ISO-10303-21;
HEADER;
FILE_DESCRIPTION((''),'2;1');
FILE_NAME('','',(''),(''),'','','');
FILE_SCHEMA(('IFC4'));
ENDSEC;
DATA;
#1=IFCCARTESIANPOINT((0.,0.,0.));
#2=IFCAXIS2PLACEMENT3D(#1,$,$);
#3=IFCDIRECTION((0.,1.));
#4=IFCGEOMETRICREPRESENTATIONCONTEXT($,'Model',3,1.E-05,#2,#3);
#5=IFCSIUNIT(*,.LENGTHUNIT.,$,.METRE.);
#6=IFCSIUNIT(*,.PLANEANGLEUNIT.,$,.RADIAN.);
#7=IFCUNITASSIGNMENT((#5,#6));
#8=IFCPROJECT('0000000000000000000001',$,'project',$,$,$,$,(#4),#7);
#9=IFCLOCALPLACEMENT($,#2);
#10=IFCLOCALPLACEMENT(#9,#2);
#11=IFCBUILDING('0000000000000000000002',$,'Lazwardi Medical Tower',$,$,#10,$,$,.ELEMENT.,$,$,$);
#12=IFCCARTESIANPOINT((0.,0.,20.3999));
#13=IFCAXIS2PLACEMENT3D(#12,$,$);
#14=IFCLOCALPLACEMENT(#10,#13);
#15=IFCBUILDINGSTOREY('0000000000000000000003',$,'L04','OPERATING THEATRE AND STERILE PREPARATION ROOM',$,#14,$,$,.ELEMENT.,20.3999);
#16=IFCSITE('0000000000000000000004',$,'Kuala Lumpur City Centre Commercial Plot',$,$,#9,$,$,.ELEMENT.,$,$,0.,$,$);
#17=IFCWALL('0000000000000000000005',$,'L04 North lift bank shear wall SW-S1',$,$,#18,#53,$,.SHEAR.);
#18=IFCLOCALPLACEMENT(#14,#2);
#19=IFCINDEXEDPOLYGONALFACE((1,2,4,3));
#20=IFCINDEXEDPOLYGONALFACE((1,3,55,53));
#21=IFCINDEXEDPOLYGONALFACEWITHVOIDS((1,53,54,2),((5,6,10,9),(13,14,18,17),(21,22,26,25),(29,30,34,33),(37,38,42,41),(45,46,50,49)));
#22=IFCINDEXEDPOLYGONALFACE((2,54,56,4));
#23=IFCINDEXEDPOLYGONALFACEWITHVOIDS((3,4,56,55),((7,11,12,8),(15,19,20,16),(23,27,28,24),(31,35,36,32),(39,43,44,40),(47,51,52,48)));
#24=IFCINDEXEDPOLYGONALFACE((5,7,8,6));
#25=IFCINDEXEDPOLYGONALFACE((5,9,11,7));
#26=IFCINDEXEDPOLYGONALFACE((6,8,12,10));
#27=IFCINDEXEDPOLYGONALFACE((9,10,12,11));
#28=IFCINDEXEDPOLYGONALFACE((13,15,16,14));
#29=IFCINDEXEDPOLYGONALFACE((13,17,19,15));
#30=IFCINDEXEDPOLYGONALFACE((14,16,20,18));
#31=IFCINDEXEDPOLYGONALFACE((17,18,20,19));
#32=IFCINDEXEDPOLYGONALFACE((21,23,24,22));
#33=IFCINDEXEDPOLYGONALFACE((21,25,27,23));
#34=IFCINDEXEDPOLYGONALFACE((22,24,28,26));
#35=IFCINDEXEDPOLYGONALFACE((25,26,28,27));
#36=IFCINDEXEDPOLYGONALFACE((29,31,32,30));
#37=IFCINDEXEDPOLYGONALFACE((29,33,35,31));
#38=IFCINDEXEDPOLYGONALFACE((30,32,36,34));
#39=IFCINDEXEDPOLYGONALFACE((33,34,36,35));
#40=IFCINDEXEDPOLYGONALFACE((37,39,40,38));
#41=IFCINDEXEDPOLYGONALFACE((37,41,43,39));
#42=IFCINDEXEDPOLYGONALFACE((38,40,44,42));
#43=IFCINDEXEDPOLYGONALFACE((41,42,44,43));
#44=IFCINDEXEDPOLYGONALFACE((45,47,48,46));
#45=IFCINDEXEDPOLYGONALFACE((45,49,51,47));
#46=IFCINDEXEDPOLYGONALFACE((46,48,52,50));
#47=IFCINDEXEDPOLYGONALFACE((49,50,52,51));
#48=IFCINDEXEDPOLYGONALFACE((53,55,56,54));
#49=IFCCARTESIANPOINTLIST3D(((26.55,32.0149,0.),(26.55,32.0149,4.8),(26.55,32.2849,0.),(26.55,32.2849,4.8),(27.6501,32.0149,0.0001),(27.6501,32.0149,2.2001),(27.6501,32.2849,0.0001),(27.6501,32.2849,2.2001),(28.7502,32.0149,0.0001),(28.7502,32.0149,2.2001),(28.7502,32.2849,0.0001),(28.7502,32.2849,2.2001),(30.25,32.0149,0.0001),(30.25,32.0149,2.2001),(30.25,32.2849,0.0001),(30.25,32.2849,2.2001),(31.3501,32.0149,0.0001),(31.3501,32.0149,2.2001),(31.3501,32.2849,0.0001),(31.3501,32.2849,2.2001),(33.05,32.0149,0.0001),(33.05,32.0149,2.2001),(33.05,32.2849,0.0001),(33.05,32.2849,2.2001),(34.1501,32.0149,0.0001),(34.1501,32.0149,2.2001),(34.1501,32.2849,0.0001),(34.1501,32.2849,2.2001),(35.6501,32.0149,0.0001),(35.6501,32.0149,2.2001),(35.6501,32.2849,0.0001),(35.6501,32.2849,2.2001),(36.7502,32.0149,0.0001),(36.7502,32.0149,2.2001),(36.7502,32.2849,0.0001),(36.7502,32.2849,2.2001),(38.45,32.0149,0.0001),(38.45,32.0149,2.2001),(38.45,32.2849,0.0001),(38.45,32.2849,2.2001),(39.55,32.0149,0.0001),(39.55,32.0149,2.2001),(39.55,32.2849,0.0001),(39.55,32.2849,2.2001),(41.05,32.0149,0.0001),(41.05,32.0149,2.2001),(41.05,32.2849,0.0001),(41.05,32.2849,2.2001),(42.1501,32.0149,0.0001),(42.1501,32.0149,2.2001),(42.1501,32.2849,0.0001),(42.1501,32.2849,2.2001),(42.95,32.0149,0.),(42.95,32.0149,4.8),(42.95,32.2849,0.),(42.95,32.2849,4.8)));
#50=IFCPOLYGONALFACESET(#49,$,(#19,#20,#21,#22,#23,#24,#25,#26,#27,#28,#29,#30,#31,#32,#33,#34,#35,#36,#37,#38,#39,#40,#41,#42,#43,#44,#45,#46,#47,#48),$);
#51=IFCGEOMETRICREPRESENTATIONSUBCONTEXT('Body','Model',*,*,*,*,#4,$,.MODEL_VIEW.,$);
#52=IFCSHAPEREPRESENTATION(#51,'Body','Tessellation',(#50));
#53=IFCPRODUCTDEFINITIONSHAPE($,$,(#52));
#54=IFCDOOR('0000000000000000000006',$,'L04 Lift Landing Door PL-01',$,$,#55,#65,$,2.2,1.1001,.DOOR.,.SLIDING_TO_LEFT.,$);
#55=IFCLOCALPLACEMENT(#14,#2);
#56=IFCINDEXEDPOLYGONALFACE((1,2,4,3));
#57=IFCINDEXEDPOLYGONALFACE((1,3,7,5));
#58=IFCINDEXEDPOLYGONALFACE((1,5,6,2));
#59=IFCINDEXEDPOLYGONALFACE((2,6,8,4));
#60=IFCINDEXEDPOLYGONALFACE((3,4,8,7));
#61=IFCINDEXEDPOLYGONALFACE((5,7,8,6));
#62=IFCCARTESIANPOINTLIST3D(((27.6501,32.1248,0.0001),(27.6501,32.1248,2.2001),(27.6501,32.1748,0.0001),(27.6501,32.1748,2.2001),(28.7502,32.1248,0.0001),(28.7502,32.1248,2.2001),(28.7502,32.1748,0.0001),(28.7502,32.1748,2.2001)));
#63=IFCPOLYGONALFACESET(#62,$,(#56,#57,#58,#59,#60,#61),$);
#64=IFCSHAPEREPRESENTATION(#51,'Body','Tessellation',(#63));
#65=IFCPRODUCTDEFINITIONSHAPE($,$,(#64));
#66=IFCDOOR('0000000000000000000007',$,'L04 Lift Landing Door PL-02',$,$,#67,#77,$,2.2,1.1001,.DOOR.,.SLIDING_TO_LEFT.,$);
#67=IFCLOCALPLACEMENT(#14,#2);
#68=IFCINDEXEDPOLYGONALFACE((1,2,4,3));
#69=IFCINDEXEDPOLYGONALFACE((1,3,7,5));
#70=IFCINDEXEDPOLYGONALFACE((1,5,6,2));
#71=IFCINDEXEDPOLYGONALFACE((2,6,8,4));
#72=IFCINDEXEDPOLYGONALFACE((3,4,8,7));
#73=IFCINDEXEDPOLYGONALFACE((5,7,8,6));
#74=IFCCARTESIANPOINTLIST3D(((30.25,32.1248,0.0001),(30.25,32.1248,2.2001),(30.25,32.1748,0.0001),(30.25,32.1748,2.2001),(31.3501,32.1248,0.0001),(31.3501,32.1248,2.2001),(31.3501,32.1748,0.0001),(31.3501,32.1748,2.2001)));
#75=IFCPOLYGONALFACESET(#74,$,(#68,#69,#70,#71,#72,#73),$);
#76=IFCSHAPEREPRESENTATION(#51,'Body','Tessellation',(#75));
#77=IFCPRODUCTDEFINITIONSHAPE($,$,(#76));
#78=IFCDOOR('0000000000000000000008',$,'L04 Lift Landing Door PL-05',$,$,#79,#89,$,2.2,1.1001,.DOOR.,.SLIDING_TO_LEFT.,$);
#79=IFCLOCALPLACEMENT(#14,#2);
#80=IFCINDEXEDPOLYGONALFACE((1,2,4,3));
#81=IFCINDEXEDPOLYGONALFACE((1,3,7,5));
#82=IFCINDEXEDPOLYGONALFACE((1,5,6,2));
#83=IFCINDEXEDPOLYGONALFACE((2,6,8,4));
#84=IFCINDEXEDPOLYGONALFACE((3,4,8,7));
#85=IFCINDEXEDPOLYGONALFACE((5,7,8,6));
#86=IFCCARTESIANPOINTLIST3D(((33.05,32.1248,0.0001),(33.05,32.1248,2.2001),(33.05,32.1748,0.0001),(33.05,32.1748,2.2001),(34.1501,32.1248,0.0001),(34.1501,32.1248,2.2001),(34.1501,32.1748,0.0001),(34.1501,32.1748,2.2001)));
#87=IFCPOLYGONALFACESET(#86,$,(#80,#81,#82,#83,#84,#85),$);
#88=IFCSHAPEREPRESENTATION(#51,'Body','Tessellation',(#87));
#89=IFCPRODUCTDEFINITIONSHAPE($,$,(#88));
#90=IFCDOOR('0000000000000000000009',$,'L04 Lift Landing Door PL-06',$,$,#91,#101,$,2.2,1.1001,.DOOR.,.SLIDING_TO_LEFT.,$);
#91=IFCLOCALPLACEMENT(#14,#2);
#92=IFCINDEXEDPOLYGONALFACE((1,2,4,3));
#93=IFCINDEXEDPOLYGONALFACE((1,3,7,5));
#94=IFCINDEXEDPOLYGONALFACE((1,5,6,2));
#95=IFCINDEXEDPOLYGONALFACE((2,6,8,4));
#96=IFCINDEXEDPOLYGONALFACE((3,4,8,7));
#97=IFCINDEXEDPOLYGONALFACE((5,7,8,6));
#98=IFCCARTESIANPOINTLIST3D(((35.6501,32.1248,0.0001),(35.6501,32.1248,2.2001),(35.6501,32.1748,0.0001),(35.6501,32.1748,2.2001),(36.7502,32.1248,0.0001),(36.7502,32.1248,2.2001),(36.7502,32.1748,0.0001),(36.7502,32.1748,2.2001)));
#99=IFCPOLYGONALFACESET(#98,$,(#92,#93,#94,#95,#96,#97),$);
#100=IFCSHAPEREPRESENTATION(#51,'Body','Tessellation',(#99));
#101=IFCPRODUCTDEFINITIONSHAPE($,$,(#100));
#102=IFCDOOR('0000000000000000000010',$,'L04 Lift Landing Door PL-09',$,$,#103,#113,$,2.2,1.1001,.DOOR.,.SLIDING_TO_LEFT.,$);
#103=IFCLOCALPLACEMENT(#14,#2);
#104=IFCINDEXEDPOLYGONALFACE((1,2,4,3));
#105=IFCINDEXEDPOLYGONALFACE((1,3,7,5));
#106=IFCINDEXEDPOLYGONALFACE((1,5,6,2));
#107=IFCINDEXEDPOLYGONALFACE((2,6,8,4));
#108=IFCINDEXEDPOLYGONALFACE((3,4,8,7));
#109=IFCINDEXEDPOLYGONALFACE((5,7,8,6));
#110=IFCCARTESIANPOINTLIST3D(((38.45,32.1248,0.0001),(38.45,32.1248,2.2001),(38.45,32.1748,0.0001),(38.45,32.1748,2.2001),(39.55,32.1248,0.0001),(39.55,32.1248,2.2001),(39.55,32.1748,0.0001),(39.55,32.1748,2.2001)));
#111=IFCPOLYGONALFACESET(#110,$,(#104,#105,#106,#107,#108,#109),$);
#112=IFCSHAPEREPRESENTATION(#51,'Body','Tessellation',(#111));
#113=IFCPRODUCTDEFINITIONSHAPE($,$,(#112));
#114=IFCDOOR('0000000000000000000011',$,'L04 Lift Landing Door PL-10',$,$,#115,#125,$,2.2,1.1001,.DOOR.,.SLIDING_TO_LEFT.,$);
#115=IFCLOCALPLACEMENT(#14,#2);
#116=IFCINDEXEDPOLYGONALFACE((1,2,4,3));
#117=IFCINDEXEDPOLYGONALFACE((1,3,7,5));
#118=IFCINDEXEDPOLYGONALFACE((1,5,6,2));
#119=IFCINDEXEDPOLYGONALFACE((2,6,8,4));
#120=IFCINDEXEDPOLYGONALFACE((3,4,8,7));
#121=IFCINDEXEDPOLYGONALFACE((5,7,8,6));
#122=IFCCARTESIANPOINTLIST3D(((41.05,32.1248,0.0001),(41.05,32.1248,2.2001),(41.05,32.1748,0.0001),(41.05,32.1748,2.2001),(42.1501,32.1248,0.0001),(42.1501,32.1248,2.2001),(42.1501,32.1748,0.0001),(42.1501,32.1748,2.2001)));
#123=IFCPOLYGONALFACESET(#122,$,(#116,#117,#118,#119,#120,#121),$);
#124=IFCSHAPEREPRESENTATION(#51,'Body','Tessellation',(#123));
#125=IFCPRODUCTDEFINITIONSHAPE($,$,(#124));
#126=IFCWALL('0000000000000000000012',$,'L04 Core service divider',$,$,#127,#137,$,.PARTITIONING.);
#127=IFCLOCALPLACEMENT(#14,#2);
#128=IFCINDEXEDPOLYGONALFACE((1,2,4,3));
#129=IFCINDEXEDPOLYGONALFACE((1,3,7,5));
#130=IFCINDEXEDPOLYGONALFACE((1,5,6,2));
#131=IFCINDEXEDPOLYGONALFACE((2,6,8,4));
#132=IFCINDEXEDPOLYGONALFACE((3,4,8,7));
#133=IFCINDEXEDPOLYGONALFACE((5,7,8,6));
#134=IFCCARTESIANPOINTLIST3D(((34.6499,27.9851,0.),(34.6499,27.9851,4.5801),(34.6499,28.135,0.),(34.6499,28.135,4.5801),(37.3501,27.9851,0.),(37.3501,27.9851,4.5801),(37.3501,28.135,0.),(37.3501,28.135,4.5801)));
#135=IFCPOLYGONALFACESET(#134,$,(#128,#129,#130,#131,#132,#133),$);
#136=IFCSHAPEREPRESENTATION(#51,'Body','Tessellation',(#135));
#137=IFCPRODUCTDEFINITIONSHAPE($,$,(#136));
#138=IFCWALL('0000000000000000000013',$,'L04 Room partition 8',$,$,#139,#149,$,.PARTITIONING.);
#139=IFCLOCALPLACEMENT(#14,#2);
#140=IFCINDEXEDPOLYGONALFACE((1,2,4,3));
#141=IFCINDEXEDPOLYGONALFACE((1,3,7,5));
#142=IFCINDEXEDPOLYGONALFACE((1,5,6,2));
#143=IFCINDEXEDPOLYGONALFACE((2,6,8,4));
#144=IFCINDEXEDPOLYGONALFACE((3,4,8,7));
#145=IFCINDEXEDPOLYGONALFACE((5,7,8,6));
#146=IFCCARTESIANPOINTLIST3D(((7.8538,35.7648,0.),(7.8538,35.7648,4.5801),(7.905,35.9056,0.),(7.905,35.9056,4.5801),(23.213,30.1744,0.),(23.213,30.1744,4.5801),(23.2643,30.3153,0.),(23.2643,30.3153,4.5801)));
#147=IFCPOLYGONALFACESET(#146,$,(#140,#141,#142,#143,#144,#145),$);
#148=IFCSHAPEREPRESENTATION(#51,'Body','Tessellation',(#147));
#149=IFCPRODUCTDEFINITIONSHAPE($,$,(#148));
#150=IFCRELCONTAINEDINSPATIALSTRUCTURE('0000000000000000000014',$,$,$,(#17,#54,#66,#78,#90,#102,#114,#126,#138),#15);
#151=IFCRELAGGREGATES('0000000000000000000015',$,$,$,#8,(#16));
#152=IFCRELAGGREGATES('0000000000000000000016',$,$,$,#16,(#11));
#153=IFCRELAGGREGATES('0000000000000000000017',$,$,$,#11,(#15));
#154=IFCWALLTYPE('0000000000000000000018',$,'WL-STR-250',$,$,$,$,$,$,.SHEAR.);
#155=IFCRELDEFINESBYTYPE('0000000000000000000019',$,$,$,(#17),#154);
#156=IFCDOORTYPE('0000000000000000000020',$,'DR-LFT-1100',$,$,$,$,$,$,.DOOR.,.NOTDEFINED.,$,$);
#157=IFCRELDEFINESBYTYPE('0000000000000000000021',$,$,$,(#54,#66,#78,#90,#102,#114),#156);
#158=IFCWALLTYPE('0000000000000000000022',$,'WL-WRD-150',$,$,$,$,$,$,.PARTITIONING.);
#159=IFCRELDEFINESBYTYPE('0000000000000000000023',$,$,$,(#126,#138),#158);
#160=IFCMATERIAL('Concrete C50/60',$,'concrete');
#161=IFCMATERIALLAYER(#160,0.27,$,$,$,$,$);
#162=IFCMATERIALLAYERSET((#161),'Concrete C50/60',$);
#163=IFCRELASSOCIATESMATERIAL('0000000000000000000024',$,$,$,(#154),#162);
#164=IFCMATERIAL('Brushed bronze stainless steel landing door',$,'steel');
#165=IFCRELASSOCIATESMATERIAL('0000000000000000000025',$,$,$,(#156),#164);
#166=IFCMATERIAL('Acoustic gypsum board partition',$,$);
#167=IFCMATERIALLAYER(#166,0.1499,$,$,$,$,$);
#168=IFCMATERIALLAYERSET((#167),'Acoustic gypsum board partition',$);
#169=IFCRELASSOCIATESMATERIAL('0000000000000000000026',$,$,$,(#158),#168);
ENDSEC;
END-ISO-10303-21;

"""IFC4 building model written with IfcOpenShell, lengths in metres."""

from ifc_helpers import new_model, si_unit, direction, frame, frame_2d, origin, place, context, subcontext, project, spatial, rectangle, extrude, material, layer, layer_set, type_object, element, fill, save


model = new_model("IFC4")

# Units and contexts
model_context = context("Model", 3, precision=1e-05, world=origin(), true_north=direction((0.0, 1.0)))
body_context = subcontext(model_context, "Body", "Model", "MODEL_VIEW")
ifc_project = project(units=[si_unit("LENGTHUNIT", "METRE"), si_unit("PLANEANGLEUNIT", "RADIAN")], contexts=[model_context])

# Site, building, storey
site_placement = place(None, origin())
site = spatial("IfcSite", under=ifc_project, at=site_placement, Name="Kuala Lumpur City Centre Commercial Plot", CompositionType="ELEMENT", RefElevation=0.0)
building_placement = place(site_placement, origin())
building = spatial("IfcBuilding", under=site, at=building_placement, Name="Lazwardi Medical Tower", CompositionType="ELEMENT")
storey_placement = place(building_placement, frame((0.0, 0.0, 20.3999)))
storey = spatial("IfcBuildingStorey", under=building, at=storey_placement, Name="L04", Description="OPERATING THEATRE AND STERILE PREPARATION ROOM", CompositionType="ELEMENT", Elevation=20.3999)

# Shared definitions
ifc_material_1 = material(Name="Concrete C50/60", Category="concrete")
ifc_layer_1 = layer(ifc_material_1, 0.27)
ifc_layer_set_1 = layer_set([ifc_layer_1], Name="Concrete C50/60")
wall_type_1 = type_object("IfcWallType", Name="WL-STR-250", PredefinedType="SHEAR", material=ifc_layer_set_1)

# Wall, openings, doors
wall_1_placement = place(storey_placement, frame((26.55, 32.1499, 0.0), z_axis=(0.0, 0.0, 1.0), x_axis=(1.0, 0.0, 0.0)))
wall_1 = element("IfcWall", 1, at=wall_1_placement, inside=storey, type_object=wall_type_1, Name="L04 North lift bank shear wall SW-S1", PredefinedType="SHEAR", context=body_context, shape_type="SweptSolid", body=[
    extrude(rectangle(XDim=16.3999, YDim=0.27, at=frame_2d((8.2, 0.0))), origin(), (0.0, 0.0, 1.0), 4.8),
])
opening_1_placement = place(wall_1_placement, frame((1.1001, 0.0, 0.0)))
opening_1 = element("IfcOpeningElement", 2, at=opening_1_placement, cuts=wall_1, PredefinedType="OPENING", context=body_context, shape_type="SweptSolid", body=[
    extrude(rectangle(XDim=1.1001, YDim=2.2, at=frame_2d((0.55, 1.1001))), frame((0.0, 0.145, 0.0), z_axis=(0.0, -1.0, 0.0), x_axis=(1.0, 0.0, 0.0)), (0.0, 0.0, 1.0), 0.29),
])
opening_2_placement = place(wall_1_placement, frame((3.7, 0.0, 0.0)))
opening_2 = element("IfcOpeningElement", 3, at=opening_2_placement, cuts=wall_1, PredefinedType="OPENING", context=body_context, shape_type="SweptSolid", body=[
    extrude(rectangle(XDim=1.1001, YDim=2.2, at=frame_2d((0.55, 1.1001))), frame((0.0, 0.145, 0.0), z_axis=(0.0, -1.0, 0.0), x_axis=(1.0, 0.0, 0.0)), (0.0, 0.0, 1.0), 0.29),
])
opening_3_placement = place(wall_1_placement, frame((6.5, 0.0, 0.0)))
opening_3 = element("IfcOpeningElement", 4, at=opening_3_placement, cuts=wall_1, PredefinedType="OPENING", context=body_context, shape_type="SweptSolid", body=[
    extrude(rectangle(XDim=1.1001, YDim=2.2, at=frame_2d((0.55, 1.1001))), frame((0.0, 0.145, 0.0), z_axis=(0.0, -1.0, 0.0), x_axis=(1.0, 0.0, 0.0)), (0.0, 0.0, 1.0), 0.29),
])
opening_4_placement = place(wall_1_placement, frame((9.1001, 0.0, 0.0)))
opening_4 = element("IfcOpeningElement", 5, at=opening_4_placement, cuts=wall_1, PredefinedType="OPENING", context=body_context, shape_type="SweptSolid", body=[
    extrude(rectangle(XDim=1.1001, YDim=2.2, at=frame_2d((0.55, 1.1001))), frame((0.0, 0.145, 0.0), z_axis=(0.0, -1.0, 0.0), x_axis=(1.0, 0.0, 0.0)), (0.0, 0.0, 1.0), 0.29),
])
opening_5_placement = place(wall_1_placement, frame((11.8999, 0.0, 0.0)))
opening_5 = element("IfcOpeningElement", 6, at=opening_5_placement, cuts=wall_1, PredefinedType="OPENING", context=body_context, shape_type="SweptSolid", body=[
    extrude(rectangle(XDim=1.1001, YDim=2.2, at=frame_2d((0.55, 1.1001))), frame((0.0, 0.145, 0.0), z_axis=(0.0, -1.0, 0.0), x_axis=(1.0, 0.0, 0.0)), (0.0, 0.0, 1.0), 0.29),
])
opening_6_placement = place(wall_1_placement, frame((14.5, 0.0, 0.0)))
opening_6 = element("IfcOpeningElement", 7, at=opening_6_placement, cuts=wall_1, PredefinedType="OPENING", context=body_context, shape_type="SweptSolid", body=[
    extrude(rectangle(XDim=1.1001, YDim=2.2, at=frame_2d((0.55, 1.1001))), frame((0.0, 0.145, 0.0), z_axis=(0.0, -1.0, 0.0), x_axis=(1.0, 0.0, 0.0)), (0.0, 0.0, 1.0), 0.29),
])
ifc_material_2 = material(Name="Brushed bronze stainless steel landing door", Category="steel")
door_type_1 = type_object("IfcDoorType", Name="DR-LFT-1100", OperationType="NOTDEFINED", PredefinedType="DOOR", material=ifc_material_2)
door_1_placement = place(opening_1_placement, origin())
door_1 = element("IfcDoor", 8, at=door_1_placement, inside=storey, type_object=door_type_1, Name="L04 Lift Landing Door PL-01", OperationType="SLIDING_TO_LEFT", OverallHeight=2.2, OverallWidth=1.1001, PredefinedType="DOOR", context=body_context, shape_type="SweptSolid", body=[
    extrude(rectangle(XDim=1.1001, YDim=2.2, at=frame_2d((0.55, 1.1001))), frame((0.0, 0.0249, 0.0), z_axis=(0.0, -1.0, 0.0), x_axis=(1.0, 0.0, 0.0)), (0.0, 0.0, 1.0), 0.05),
])
fill(opening_1, door_1)
door_2_placement = place(opening_2_placement, origin())
door_2 = element("IfcDoor", 9, at=door_2_placement, inside=storey, type_object=door_type_1, Name="L04 Lift Landing Door PL-02", OperationType="SLIDING_TO_LEFT", OverallHeight=2.2, OverallWidth=1.1001, PredefinedType="DOOR", context=body_context, shape_type="SweptSolid", body=[
    extrude(rectangle(XDim=1.1001, YDim=2.2, at=frame_2d((0.55, 1.1001))), frame((0.0, 0.0249, 0.0), z_axis=(0.0, -1.0, 0.0), x_axis=(1.0, 0.0, 0.0)), (0.0, 0.0, 1.0), 0.05),
])
fill(opening_2, door_2)
door_3_placement = place(opening_3_placement, origin())
door_3 = element("IfcDoor", 10, at=door_3_placement, inside=storey, type_object=door_type_1, Name="L04 Lift Landing Door PL-05", OperationType="SLIDING_TO_LEFT", OverallHeight=2.2, OverallWidth=1.1001, PredefinedType="DOOR", context=body_context, shape_type="SweptSolid", body=[
    extrude(rectangle(XDim=1.1001, YDim=2.2, at=frame_2d((0.55, 1.1001))), frame((0.0, 0.0249, 0.0), z_axis=(0.0, -1.0, 0.0), x_axis=(1.0, 0.0, 0.0)), (0.0, 0.0, 1.0), 0.05),
])
fill(opening_3, door_3)
door_4_placement = place(opening_4_placement, origin())
door_4 = element("IfcDoor", 11, at=door_4_placement, inside=storey, type_object=door_type_1, Name="L04 Lift Landing Door PL-06", OperationType="SLIDING_TO_LEFT", OverallHeight=2.2, OverallWidth=1.1001, PredefinedType="DOOR", context=body_context, shape_type="SweptSolid", body=[
    extrude(rectangle(XDim=1.1001, YDim=2.2, at=frame_2d((0.55, 1.1001))), frame((0.0, 0.0249, 0.0), z_axis=(0.0, -1.0, 0.0), x_axis=(1.0, 0.0, 0.0)), (0.0, 0.0, 1.0), 0.05),
])
fill(opening_4, door_4)
door_5_placement = place(opening_5_placement, origin())
door_5 = element("IfcDoor", 12, at=door_5_placement, inside=storey, type_object=door_type_1, Name="L04 Lift Landing Door PL-09", OperationType="SLIDING_TO_LEFT", OverallHeight=2.2, OverallWidth=1.1001, PredefinedType="DOOR", context=body_context, shape_type="SweptSolid", body=[
    extrude(rectangle(XDim=1.1001, YDim=2.2, at=frame_2d((0.55, 1.1001))), frame((0.0, 0.0249, 0.0), z_axis=(0.0, -1.0, 0.0), x_axis=(1.0, 0.0, 0.0)), (0.0, 0.0, 1.0), 0.05),
])
fill(opening_5, door_5)
door_6_placement = place(opening_6_placement, origin())
door_6 = element("IfcDoor", 13, at=door_6_placement, inside=storey, type_object=door_type_1, Name="L04 Lift Landing Door PL-10", OperationType="SLIDING_TO_LEFT", OverallHeight=2.2, OverallWidth=1.1001, PredefinedType="DOOR", context=body_context, shape_type="SweptSolid", body=[
    extrude(rectangle(XDim=1.1001, YDim=2.2, at=frame_2d((0.55, 1.1001))), frame((0.0, 0.0249, 0.0), z_axis=(0.0, -1.0, 0.0), x_axis=(1.0, 0.0, 0.0)), (0.0, 0.0, 1.0), 0.05),
])
fill(opening_6, door_6)

# Walls
ifc_material_3 = material(Name="Acoustic gypsum board partition")
ifc_layer_2 = layer(ifc_material_3, 0.1499)
ifc_layer_set_2 = layer_set([ifc_layer_2], Name="Acoustic gypsum board partition")
wall_type_2 = type_object("IfcWallType", Name="WL-WRD-150", PredefinedType="PARTITIONING", material=ifc_layer_set_2)
wall_2_placement = place(storey_placement, frame((34.6499, 28.0601, 0.0), z_axis=(0.0, 0.0, 1.0), x_axis=(1.0, 0.0, 0.0)))
element("IfcWall", 14, at=wall_2_placement, inside=storey, type_object=wall_type_2, Name="L04 Core service divider", PredefinedType="PARTITIONING", context=body_context, shape_type="SweptSolid", body=[
    extrude(rectangle(XDim=2.7002, YDim=0.1499, at=frame_2d((1.3501, 0.0))), origin(), (0.0, 0.0, 1.0), 4.5801),
])
wall_3_placement = place(storey_placement, frame((23.2385, 30.2449, 0.0), z_axis=(0.0, 0.0, 1.0), x_axis=(-0.939691, 0.342024, 0.0)))
element("IfcWall", 15, at=wall_3_placement, inside=storey, type_object=wall_type_2, Name="L04 Room partition 8", PredefinedType="PARTITIONING", context=body_context, shape_type="SweptSolid", body=[
    extrude(rectangle(XDim=16.345, YDim=0.1499, at=frame_2d((8.1724, 0.0))), origin(), (0.0, 0.0, 1.0), 4.5801),
])

save(model, "model.ifc")
